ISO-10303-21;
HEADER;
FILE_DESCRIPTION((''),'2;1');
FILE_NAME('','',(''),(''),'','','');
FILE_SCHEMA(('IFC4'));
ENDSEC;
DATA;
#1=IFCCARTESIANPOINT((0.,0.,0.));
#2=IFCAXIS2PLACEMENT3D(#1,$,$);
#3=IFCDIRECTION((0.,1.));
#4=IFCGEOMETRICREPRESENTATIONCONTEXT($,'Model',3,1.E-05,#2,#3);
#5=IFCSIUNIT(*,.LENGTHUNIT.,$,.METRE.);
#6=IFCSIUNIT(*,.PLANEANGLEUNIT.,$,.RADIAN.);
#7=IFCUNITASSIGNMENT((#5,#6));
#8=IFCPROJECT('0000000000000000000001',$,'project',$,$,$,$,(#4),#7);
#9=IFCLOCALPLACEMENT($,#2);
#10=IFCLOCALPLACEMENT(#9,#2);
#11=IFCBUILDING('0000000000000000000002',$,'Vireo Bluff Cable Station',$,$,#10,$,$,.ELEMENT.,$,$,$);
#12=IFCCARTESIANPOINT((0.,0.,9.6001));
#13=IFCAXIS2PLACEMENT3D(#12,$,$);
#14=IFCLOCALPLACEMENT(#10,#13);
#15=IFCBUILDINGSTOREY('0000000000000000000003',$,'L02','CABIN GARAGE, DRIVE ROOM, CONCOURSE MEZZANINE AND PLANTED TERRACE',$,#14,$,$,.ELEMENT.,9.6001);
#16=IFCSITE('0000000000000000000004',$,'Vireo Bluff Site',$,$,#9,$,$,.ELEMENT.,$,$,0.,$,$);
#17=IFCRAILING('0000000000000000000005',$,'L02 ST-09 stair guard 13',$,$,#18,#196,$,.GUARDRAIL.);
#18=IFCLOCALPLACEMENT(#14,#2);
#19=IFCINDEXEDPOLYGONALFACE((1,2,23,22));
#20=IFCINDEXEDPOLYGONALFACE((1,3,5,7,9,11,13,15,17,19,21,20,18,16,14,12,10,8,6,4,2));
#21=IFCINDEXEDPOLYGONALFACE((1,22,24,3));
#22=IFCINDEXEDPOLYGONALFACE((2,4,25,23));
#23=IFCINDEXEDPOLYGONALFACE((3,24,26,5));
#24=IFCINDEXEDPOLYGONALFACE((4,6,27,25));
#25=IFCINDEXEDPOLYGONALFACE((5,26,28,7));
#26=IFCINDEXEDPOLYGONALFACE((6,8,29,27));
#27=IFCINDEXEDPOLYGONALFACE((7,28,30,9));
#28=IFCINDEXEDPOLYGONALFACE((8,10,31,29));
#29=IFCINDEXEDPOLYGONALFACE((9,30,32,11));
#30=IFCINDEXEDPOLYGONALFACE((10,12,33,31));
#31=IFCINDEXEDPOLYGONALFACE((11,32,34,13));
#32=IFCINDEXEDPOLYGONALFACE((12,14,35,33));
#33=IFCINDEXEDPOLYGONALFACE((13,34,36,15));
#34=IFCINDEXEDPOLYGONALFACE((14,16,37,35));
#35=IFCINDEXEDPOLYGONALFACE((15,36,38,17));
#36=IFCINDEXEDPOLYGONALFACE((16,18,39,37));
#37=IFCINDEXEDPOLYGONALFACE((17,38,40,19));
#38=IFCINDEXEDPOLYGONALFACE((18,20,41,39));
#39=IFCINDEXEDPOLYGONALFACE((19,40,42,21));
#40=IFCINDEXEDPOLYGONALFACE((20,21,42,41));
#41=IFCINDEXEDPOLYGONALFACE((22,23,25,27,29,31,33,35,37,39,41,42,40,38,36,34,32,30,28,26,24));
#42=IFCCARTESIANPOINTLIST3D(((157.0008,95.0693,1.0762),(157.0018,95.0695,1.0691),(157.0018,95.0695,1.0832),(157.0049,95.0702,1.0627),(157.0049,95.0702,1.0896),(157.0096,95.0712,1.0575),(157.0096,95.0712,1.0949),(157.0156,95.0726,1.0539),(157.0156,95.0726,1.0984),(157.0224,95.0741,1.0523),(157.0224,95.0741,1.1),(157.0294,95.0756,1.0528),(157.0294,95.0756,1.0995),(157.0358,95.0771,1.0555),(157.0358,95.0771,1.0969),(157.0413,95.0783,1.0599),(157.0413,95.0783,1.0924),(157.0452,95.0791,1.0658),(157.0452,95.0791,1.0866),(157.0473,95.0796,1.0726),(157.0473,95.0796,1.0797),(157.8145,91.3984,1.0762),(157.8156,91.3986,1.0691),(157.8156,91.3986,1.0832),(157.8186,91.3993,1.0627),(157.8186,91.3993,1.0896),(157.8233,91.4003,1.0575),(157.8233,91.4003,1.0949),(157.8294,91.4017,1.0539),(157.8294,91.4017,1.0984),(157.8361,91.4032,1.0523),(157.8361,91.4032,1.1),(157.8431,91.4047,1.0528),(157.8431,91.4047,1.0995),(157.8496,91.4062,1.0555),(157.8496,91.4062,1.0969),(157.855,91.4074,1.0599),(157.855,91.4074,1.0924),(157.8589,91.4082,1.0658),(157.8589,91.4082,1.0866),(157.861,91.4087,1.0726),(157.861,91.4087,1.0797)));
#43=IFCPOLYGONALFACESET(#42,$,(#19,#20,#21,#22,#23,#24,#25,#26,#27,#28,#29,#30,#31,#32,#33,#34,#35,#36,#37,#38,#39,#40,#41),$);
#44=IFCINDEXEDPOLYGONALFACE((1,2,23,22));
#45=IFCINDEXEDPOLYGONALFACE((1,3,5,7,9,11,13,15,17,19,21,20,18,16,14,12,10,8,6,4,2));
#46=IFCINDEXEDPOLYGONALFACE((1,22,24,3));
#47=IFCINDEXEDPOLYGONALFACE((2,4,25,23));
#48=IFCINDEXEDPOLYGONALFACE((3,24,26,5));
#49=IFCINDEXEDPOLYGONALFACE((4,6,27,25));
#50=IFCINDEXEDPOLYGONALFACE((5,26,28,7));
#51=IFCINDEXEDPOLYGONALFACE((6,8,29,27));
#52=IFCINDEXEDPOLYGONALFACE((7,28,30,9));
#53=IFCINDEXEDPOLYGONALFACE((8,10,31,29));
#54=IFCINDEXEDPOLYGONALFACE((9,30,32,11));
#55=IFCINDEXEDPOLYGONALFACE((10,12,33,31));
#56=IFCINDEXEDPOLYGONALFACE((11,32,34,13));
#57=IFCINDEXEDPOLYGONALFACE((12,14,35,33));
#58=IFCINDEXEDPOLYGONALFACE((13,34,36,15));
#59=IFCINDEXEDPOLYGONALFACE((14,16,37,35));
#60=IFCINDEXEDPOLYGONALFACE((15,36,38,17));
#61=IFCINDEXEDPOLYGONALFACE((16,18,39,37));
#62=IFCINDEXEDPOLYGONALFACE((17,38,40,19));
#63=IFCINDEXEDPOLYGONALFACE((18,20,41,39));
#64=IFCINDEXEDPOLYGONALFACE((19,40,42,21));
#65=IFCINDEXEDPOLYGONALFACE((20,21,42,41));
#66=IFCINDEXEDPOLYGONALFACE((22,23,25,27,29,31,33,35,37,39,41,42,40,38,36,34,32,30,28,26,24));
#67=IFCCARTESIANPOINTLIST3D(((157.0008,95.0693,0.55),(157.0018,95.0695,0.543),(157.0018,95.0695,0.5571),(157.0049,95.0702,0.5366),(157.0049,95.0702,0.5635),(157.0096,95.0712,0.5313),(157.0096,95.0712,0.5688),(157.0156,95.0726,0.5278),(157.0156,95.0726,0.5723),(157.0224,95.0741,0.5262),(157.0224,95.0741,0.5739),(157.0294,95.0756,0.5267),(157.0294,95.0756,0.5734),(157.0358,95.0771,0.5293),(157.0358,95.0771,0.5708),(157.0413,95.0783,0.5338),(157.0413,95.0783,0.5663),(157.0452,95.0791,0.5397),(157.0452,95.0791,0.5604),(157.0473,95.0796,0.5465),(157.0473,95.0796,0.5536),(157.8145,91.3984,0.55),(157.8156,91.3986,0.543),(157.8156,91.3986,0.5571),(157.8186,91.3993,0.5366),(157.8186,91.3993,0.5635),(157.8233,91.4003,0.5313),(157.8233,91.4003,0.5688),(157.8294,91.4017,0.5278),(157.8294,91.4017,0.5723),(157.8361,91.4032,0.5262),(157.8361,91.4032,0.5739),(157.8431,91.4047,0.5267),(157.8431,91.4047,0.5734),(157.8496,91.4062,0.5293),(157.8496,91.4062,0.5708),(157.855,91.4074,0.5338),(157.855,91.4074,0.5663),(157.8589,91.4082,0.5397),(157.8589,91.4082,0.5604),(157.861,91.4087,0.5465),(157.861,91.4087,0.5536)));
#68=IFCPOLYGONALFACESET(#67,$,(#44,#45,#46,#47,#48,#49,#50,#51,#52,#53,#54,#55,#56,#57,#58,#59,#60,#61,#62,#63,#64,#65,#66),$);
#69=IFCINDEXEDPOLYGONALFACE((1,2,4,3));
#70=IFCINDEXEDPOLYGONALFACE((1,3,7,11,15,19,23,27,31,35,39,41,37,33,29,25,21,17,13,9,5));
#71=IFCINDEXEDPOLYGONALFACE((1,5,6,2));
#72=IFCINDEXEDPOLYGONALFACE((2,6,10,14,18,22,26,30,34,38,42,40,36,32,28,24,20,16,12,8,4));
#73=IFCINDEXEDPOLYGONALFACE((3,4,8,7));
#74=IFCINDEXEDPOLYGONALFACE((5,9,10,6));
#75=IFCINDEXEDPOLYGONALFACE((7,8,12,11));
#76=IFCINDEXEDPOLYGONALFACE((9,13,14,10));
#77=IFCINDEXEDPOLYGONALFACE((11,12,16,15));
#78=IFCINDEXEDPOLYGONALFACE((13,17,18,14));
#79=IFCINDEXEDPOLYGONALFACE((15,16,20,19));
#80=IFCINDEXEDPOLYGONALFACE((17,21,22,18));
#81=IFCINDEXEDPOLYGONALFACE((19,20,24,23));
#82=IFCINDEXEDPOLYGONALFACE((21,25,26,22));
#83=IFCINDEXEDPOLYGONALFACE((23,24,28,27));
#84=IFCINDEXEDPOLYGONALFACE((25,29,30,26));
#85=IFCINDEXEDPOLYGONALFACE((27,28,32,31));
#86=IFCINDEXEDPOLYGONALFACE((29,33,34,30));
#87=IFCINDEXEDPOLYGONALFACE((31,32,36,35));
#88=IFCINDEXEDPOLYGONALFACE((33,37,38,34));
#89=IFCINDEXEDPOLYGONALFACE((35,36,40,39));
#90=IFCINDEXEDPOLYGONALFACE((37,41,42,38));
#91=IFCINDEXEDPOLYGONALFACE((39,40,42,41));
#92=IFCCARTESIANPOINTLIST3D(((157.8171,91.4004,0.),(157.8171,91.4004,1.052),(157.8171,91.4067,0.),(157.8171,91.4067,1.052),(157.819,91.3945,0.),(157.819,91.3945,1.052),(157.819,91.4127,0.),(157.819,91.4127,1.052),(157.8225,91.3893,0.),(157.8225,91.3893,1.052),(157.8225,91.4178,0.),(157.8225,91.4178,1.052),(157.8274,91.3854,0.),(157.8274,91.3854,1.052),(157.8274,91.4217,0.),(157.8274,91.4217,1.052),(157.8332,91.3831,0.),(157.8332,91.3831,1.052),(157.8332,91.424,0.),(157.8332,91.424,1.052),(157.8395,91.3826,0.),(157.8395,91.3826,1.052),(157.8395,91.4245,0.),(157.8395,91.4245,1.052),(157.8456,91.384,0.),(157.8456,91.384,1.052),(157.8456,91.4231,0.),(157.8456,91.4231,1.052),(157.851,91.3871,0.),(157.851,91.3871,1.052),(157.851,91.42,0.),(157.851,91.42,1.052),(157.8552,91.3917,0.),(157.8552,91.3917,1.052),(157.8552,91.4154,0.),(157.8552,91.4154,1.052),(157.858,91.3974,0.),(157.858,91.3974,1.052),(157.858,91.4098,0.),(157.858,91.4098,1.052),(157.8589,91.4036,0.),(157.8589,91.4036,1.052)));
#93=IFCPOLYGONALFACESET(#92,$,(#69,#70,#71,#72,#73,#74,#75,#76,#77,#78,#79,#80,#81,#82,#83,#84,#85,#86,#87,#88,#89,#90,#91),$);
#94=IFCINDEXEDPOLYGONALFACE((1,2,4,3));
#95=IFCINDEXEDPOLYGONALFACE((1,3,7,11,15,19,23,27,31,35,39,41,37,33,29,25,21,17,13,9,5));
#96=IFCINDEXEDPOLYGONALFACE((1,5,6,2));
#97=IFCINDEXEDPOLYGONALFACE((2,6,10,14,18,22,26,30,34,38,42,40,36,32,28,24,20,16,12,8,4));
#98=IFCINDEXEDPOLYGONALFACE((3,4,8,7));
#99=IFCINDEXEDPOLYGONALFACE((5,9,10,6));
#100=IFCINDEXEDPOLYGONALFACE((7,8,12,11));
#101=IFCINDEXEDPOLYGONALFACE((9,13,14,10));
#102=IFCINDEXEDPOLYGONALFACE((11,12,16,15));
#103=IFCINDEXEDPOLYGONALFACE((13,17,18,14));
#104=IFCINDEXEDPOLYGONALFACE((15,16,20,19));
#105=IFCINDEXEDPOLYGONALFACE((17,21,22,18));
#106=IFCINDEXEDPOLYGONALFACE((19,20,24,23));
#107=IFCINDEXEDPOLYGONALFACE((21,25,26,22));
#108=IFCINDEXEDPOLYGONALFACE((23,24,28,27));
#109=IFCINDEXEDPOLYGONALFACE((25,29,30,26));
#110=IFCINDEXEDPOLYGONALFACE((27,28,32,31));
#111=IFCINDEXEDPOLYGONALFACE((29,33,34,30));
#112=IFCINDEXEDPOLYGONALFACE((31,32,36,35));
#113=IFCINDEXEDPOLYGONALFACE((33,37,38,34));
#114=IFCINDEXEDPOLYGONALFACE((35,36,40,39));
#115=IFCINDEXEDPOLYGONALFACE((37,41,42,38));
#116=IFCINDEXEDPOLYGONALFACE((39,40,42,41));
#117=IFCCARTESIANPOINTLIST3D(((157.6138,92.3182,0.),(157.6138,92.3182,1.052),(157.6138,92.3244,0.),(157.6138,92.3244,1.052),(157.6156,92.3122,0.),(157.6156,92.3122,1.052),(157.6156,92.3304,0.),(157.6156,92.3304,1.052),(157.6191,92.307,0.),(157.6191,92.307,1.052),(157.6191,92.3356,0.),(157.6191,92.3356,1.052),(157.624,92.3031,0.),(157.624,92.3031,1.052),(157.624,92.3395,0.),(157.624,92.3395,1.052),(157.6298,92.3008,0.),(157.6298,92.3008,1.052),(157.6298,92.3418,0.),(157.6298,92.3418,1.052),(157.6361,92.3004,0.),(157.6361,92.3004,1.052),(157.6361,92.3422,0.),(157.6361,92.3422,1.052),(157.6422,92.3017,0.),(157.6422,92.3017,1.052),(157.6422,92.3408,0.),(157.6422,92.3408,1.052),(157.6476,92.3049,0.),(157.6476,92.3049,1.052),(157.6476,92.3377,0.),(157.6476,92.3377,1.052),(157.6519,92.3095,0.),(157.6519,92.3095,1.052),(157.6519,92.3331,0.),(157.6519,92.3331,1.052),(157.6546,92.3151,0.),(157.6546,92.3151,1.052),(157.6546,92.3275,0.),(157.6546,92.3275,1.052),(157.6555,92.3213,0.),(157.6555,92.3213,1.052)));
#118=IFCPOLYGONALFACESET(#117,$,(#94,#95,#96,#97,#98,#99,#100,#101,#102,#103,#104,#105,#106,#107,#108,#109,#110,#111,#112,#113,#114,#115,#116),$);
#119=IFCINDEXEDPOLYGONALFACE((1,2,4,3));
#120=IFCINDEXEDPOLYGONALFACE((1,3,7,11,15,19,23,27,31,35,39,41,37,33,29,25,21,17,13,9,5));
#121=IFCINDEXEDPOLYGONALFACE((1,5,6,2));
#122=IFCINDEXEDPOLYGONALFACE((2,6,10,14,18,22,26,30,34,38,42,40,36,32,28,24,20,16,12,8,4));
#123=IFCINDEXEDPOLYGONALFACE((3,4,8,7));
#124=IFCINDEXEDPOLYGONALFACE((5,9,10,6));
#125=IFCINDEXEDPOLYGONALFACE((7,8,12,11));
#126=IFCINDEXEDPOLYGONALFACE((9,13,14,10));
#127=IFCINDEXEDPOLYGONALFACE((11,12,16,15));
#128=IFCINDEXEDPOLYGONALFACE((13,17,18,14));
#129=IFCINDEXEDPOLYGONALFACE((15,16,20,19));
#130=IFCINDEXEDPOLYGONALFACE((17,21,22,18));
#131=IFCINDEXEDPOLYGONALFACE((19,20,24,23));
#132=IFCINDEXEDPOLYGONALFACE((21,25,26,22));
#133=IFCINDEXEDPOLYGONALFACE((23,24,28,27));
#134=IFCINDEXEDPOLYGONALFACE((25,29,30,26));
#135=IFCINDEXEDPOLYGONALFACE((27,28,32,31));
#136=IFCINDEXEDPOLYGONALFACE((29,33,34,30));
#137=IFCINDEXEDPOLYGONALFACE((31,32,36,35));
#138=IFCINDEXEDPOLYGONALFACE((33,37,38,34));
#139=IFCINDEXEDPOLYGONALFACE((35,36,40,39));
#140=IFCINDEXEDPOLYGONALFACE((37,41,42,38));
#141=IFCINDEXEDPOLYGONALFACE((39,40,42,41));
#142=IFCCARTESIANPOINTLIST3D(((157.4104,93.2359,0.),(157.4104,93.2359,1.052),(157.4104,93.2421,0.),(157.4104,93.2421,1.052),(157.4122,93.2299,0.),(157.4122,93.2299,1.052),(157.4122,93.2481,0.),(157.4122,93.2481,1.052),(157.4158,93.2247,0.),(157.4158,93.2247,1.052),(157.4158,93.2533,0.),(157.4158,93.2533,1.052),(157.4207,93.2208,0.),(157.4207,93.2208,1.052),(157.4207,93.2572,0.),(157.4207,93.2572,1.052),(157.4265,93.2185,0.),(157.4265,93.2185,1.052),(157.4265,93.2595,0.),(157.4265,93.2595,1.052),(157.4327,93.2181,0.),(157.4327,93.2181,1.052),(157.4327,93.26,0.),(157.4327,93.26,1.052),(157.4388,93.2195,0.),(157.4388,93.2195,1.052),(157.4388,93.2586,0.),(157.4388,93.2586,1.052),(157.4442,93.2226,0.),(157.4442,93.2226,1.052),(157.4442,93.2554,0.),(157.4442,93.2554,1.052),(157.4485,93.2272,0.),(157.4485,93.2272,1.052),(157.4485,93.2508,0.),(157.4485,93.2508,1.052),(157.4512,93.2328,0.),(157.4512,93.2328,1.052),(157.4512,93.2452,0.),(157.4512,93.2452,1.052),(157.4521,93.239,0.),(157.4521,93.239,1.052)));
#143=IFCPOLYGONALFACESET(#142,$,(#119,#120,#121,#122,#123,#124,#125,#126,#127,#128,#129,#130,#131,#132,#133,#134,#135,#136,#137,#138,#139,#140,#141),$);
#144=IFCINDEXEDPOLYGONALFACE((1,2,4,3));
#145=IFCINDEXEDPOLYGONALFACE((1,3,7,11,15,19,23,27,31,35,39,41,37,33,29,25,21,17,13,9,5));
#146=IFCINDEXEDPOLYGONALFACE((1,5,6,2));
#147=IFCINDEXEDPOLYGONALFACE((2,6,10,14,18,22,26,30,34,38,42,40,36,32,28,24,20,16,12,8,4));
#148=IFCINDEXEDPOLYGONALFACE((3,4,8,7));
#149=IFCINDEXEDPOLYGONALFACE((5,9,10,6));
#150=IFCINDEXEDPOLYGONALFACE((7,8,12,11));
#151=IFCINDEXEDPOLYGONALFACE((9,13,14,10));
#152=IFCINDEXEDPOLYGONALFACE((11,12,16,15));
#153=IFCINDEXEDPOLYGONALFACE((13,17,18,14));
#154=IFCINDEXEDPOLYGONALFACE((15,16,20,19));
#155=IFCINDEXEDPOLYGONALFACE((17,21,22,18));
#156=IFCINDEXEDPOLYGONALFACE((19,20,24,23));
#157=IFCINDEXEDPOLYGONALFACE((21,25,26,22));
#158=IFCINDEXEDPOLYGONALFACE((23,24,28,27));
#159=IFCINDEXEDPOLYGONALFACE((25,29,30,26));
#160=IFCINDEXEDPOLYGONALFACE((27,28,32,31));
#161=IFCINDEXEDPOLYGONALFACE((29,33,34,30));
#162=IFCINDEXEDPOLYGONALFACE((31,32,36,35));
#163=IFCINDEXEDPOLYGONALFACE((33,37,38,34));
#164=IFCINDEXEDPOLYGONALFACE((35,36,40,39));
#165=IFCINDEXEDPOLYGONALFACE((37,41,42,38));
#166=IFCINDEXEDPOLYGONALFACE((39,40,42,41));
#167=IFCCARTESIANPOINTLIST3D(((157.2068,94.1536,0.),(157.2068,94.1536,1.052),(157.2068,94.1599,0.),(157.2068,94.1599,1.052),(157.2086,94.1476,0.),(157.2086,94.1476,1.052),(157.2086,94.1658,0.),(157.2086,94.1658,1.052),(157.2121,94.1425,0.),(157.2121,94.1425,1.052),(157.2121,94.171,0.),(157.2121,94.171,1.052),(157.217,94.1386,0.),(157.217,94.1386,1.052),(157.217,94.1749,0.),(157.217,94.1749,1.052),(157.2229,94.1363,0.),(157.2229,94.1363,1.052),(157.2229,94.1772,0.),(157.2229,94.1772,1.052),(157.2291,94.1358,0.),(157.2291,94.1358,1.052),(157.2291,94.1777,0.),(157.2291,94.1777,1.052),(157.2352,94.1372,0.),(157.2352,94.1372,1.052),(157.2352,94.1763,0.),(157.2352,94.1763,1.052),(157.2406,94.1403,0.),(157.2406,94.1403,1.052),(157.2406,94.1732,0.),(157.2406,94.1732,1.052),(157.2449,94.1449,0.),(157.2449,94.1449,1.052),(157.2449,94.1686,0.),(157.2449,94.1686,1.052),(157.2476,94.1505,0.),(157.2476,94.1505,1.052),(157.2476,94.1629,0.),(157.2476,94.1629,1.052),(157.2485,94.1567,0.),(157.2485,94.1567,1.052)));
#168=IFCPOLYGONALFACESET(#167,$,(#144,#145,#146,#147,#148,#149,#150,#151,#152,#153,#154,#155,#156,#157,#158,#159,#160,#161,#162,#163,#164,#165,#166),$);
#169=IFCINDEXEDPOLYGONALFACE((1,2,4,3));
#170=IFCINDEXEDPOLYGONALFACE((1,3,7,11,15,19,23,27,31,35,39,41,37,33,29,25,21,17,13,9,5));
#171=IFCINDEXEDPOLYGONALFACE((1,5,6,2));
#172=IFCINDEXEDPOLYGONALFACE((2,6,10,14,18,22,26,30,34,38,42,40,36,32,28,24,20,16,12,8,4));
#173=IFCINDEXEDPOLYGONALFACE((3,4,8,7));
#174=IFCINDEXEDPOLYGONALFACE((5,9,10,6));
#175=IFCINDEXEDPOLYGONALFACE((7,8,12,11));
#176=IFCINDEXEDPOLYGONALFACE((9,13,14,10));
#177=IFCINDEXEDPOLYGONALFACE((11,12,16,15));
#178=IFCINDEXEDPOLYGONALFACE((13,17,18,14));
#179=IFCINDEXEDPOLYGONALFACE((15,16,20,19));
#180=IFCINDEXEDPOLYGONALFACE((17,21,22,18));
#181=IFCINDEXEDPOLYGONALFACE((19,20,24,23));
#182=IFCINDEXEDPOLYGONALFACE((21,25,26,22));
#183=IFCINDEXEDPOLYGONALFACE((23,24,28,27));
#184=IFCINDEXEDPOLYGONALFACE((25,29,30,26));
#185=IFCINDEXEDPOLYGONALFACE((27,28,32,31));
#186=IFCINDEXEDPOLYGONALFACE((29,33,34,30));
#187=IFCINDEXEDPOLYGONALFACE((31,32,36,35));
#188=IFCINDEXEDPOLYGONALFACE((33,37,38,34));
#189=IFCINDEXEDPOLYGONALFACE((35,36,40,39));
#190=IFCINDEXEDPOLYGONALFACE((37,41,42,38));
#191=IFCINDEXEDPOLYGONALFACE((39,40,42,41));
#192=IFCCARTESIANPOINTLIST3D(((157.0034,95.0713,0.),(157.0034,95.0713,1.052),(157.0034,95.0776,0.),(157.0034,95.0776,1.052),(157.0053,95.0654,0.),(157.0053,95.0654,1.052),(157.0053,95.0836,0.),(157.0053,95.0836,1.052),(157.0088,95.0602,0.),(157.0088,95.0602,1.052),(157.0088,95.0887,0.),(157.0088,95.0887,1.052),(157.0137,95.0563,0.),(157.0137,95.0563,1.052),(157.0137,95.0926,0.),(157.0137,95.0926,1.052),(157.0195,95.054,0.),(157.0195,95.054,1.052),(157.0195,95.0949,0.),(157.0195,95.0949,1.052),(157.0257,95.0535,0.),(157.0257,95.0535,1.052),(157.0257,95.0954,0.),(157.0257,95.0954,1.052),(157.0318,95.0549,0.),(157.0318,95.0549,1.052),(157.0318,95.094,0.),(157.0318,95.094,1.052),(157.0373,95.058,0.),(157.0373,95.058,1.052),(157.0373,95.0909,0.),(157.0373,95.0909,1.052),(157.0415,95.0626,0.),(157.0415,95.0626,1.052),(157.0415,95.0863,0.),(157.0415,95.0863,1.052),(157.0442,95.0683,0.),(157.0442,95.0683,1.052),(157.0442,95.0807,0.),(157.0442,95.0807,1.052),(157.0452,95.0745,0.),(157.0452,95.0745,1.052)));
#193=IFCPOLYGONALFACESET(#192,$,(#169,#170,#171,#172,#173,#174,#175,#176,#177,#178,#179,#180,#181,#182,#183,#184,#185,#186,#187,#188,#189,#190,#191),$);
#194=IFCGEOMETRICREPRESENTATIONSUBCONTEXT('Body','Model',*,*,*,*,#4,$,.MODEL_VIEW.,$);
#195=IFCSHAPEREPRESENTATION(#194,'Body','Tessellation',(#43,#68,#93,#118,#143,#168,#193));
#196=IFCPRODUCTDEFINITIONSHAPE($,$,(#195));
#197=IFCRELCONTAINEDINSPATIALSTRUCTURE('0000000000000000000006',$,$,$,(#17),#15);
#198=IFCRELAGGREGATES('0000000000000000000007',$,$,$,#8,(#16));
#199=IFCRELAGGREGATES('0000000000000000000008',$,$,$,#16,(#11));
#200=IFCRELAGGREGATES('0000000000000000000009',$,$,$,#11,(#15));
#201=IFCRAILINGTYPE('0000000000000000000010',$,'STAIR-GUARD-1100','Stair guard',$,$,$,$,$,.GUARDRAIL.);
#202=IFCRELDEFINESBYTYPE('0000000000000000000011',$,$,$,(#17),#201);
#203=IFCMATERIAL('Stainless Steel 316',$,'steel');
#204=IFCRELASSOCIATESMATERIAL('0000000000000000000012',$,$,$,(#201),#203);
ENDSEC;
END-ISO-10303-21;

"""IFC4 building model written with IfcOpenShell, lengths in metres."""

from ifc_helpers import new_model, si_unit, direction, frame, origin, origin_2d, place, context, subcontext, project, spatial, circle, extrude, material, type_object, element, save


model = new_model("IFC4")

# Units and contexts
model_context = context("Model", 3, precision=1e-05, world=origin(), true_north=direction((0.0, 1.0)))
body_context = subcontext(model_context, "Body", "Model", "MODEL_VIEW")
ifc_project = project(units=[si_unit("LENGTHUNIT", "METRE"), si_unit("PLANEANGLEUNIT", "RADIAN")], contexts=[model_context])

# Site, building, storey
site_placement = place(None, origin())
site = spatial("IfcSite", under=ifc_project, at=site_placement, Name="Vireo Bluff Site", CompositionType="ELEMENT", RefElevation=0.0)
building_placement = place(site_placement, origin())
building = spatial("IfcBuilding", under=site, at=building_placement, Name="Vireo Bluff Cable Station", CompositionType="ELEMENT")
storey_placement = place(building_placement, frame((0.0, 0.0, 9.6001)))
storey = spatial("IfcBuildingStorey", under=building, at=storey_placement, Name="L02", Description="CABIN GARAGE, DRIVE ROOM, CONCOURSE MEZZANINE AND PLANTED TERRACE", CompositionType="ELEMENT", Elevation=9.6001)

# Railing
ifc_material_1 = material(Name="Stainless Steel 316", Category="steel")
railing_type_1 = type_object("IfcRailingType", Name="STAIR-GUARD-1100", Description="Stair guard", PredefinedType="GUARDRAIL", material=ifc_material_1)
railing_1_placement = place(storey_placement, frame((157.8379, 91.4036, 0.0)))
element("IfcRailing", 1, at=railing_1_placement, inside=storey, type_object=railing_type_1, Name="L02 ST-09 stair guard 13", PredefinedType="GUARDRAIL", context=body_context, shape_type="SweptSolid", body=[
    extrude(circle(Radius=0.0239, at=origin_2d()), frame((0.0, 0.0, 1.0762), z_axis=(-0.216415, 0.976302, 0.0), x_axis=(-0.976302, -0.216415, 0.0)), (0.0, 0.0, 1.0), 3.76),
    extrude(circle(Radius=0.0239, at=origin_2d()), frame((0.0, 0.0, 0.55), z_axis=(-0.216415, 0.976302, 0.0), x_axis=(-0.976302, -0.216415, 0.0)), (0.0, 0.0, 1.0), 3.76),
    extrude(circle(Radius=0.021, at=origin_2d()), origin(), (0.0, 0.0, 1.0), 1.052),
    extrude(circle(Radius=0.021, at=origin_2d()), frame((-0.2034, 0.9177, 0.0)), (0.0, 0.0, 1.0), 1.052),
    extrude(circle(Radius=0.021, at=origin_2d()), frame((-0.4067, 1.8354, 0.0)), (0.0, 0.0, 1.0), 1.052),
    extrude(circle(Radius=0.021, at=origin_2d()), frame((-0.6104, 2.7532, 0.0)), (0.0, 0.0, 1.0), 1.052),
    extrude(circle(Radius=0.021, at=origin_2d()), frame((-0.8137, 3.6709, 0.0)), (0.0, 0.0, 1.0), 1.052),
])

save(model, "model.ifc")
